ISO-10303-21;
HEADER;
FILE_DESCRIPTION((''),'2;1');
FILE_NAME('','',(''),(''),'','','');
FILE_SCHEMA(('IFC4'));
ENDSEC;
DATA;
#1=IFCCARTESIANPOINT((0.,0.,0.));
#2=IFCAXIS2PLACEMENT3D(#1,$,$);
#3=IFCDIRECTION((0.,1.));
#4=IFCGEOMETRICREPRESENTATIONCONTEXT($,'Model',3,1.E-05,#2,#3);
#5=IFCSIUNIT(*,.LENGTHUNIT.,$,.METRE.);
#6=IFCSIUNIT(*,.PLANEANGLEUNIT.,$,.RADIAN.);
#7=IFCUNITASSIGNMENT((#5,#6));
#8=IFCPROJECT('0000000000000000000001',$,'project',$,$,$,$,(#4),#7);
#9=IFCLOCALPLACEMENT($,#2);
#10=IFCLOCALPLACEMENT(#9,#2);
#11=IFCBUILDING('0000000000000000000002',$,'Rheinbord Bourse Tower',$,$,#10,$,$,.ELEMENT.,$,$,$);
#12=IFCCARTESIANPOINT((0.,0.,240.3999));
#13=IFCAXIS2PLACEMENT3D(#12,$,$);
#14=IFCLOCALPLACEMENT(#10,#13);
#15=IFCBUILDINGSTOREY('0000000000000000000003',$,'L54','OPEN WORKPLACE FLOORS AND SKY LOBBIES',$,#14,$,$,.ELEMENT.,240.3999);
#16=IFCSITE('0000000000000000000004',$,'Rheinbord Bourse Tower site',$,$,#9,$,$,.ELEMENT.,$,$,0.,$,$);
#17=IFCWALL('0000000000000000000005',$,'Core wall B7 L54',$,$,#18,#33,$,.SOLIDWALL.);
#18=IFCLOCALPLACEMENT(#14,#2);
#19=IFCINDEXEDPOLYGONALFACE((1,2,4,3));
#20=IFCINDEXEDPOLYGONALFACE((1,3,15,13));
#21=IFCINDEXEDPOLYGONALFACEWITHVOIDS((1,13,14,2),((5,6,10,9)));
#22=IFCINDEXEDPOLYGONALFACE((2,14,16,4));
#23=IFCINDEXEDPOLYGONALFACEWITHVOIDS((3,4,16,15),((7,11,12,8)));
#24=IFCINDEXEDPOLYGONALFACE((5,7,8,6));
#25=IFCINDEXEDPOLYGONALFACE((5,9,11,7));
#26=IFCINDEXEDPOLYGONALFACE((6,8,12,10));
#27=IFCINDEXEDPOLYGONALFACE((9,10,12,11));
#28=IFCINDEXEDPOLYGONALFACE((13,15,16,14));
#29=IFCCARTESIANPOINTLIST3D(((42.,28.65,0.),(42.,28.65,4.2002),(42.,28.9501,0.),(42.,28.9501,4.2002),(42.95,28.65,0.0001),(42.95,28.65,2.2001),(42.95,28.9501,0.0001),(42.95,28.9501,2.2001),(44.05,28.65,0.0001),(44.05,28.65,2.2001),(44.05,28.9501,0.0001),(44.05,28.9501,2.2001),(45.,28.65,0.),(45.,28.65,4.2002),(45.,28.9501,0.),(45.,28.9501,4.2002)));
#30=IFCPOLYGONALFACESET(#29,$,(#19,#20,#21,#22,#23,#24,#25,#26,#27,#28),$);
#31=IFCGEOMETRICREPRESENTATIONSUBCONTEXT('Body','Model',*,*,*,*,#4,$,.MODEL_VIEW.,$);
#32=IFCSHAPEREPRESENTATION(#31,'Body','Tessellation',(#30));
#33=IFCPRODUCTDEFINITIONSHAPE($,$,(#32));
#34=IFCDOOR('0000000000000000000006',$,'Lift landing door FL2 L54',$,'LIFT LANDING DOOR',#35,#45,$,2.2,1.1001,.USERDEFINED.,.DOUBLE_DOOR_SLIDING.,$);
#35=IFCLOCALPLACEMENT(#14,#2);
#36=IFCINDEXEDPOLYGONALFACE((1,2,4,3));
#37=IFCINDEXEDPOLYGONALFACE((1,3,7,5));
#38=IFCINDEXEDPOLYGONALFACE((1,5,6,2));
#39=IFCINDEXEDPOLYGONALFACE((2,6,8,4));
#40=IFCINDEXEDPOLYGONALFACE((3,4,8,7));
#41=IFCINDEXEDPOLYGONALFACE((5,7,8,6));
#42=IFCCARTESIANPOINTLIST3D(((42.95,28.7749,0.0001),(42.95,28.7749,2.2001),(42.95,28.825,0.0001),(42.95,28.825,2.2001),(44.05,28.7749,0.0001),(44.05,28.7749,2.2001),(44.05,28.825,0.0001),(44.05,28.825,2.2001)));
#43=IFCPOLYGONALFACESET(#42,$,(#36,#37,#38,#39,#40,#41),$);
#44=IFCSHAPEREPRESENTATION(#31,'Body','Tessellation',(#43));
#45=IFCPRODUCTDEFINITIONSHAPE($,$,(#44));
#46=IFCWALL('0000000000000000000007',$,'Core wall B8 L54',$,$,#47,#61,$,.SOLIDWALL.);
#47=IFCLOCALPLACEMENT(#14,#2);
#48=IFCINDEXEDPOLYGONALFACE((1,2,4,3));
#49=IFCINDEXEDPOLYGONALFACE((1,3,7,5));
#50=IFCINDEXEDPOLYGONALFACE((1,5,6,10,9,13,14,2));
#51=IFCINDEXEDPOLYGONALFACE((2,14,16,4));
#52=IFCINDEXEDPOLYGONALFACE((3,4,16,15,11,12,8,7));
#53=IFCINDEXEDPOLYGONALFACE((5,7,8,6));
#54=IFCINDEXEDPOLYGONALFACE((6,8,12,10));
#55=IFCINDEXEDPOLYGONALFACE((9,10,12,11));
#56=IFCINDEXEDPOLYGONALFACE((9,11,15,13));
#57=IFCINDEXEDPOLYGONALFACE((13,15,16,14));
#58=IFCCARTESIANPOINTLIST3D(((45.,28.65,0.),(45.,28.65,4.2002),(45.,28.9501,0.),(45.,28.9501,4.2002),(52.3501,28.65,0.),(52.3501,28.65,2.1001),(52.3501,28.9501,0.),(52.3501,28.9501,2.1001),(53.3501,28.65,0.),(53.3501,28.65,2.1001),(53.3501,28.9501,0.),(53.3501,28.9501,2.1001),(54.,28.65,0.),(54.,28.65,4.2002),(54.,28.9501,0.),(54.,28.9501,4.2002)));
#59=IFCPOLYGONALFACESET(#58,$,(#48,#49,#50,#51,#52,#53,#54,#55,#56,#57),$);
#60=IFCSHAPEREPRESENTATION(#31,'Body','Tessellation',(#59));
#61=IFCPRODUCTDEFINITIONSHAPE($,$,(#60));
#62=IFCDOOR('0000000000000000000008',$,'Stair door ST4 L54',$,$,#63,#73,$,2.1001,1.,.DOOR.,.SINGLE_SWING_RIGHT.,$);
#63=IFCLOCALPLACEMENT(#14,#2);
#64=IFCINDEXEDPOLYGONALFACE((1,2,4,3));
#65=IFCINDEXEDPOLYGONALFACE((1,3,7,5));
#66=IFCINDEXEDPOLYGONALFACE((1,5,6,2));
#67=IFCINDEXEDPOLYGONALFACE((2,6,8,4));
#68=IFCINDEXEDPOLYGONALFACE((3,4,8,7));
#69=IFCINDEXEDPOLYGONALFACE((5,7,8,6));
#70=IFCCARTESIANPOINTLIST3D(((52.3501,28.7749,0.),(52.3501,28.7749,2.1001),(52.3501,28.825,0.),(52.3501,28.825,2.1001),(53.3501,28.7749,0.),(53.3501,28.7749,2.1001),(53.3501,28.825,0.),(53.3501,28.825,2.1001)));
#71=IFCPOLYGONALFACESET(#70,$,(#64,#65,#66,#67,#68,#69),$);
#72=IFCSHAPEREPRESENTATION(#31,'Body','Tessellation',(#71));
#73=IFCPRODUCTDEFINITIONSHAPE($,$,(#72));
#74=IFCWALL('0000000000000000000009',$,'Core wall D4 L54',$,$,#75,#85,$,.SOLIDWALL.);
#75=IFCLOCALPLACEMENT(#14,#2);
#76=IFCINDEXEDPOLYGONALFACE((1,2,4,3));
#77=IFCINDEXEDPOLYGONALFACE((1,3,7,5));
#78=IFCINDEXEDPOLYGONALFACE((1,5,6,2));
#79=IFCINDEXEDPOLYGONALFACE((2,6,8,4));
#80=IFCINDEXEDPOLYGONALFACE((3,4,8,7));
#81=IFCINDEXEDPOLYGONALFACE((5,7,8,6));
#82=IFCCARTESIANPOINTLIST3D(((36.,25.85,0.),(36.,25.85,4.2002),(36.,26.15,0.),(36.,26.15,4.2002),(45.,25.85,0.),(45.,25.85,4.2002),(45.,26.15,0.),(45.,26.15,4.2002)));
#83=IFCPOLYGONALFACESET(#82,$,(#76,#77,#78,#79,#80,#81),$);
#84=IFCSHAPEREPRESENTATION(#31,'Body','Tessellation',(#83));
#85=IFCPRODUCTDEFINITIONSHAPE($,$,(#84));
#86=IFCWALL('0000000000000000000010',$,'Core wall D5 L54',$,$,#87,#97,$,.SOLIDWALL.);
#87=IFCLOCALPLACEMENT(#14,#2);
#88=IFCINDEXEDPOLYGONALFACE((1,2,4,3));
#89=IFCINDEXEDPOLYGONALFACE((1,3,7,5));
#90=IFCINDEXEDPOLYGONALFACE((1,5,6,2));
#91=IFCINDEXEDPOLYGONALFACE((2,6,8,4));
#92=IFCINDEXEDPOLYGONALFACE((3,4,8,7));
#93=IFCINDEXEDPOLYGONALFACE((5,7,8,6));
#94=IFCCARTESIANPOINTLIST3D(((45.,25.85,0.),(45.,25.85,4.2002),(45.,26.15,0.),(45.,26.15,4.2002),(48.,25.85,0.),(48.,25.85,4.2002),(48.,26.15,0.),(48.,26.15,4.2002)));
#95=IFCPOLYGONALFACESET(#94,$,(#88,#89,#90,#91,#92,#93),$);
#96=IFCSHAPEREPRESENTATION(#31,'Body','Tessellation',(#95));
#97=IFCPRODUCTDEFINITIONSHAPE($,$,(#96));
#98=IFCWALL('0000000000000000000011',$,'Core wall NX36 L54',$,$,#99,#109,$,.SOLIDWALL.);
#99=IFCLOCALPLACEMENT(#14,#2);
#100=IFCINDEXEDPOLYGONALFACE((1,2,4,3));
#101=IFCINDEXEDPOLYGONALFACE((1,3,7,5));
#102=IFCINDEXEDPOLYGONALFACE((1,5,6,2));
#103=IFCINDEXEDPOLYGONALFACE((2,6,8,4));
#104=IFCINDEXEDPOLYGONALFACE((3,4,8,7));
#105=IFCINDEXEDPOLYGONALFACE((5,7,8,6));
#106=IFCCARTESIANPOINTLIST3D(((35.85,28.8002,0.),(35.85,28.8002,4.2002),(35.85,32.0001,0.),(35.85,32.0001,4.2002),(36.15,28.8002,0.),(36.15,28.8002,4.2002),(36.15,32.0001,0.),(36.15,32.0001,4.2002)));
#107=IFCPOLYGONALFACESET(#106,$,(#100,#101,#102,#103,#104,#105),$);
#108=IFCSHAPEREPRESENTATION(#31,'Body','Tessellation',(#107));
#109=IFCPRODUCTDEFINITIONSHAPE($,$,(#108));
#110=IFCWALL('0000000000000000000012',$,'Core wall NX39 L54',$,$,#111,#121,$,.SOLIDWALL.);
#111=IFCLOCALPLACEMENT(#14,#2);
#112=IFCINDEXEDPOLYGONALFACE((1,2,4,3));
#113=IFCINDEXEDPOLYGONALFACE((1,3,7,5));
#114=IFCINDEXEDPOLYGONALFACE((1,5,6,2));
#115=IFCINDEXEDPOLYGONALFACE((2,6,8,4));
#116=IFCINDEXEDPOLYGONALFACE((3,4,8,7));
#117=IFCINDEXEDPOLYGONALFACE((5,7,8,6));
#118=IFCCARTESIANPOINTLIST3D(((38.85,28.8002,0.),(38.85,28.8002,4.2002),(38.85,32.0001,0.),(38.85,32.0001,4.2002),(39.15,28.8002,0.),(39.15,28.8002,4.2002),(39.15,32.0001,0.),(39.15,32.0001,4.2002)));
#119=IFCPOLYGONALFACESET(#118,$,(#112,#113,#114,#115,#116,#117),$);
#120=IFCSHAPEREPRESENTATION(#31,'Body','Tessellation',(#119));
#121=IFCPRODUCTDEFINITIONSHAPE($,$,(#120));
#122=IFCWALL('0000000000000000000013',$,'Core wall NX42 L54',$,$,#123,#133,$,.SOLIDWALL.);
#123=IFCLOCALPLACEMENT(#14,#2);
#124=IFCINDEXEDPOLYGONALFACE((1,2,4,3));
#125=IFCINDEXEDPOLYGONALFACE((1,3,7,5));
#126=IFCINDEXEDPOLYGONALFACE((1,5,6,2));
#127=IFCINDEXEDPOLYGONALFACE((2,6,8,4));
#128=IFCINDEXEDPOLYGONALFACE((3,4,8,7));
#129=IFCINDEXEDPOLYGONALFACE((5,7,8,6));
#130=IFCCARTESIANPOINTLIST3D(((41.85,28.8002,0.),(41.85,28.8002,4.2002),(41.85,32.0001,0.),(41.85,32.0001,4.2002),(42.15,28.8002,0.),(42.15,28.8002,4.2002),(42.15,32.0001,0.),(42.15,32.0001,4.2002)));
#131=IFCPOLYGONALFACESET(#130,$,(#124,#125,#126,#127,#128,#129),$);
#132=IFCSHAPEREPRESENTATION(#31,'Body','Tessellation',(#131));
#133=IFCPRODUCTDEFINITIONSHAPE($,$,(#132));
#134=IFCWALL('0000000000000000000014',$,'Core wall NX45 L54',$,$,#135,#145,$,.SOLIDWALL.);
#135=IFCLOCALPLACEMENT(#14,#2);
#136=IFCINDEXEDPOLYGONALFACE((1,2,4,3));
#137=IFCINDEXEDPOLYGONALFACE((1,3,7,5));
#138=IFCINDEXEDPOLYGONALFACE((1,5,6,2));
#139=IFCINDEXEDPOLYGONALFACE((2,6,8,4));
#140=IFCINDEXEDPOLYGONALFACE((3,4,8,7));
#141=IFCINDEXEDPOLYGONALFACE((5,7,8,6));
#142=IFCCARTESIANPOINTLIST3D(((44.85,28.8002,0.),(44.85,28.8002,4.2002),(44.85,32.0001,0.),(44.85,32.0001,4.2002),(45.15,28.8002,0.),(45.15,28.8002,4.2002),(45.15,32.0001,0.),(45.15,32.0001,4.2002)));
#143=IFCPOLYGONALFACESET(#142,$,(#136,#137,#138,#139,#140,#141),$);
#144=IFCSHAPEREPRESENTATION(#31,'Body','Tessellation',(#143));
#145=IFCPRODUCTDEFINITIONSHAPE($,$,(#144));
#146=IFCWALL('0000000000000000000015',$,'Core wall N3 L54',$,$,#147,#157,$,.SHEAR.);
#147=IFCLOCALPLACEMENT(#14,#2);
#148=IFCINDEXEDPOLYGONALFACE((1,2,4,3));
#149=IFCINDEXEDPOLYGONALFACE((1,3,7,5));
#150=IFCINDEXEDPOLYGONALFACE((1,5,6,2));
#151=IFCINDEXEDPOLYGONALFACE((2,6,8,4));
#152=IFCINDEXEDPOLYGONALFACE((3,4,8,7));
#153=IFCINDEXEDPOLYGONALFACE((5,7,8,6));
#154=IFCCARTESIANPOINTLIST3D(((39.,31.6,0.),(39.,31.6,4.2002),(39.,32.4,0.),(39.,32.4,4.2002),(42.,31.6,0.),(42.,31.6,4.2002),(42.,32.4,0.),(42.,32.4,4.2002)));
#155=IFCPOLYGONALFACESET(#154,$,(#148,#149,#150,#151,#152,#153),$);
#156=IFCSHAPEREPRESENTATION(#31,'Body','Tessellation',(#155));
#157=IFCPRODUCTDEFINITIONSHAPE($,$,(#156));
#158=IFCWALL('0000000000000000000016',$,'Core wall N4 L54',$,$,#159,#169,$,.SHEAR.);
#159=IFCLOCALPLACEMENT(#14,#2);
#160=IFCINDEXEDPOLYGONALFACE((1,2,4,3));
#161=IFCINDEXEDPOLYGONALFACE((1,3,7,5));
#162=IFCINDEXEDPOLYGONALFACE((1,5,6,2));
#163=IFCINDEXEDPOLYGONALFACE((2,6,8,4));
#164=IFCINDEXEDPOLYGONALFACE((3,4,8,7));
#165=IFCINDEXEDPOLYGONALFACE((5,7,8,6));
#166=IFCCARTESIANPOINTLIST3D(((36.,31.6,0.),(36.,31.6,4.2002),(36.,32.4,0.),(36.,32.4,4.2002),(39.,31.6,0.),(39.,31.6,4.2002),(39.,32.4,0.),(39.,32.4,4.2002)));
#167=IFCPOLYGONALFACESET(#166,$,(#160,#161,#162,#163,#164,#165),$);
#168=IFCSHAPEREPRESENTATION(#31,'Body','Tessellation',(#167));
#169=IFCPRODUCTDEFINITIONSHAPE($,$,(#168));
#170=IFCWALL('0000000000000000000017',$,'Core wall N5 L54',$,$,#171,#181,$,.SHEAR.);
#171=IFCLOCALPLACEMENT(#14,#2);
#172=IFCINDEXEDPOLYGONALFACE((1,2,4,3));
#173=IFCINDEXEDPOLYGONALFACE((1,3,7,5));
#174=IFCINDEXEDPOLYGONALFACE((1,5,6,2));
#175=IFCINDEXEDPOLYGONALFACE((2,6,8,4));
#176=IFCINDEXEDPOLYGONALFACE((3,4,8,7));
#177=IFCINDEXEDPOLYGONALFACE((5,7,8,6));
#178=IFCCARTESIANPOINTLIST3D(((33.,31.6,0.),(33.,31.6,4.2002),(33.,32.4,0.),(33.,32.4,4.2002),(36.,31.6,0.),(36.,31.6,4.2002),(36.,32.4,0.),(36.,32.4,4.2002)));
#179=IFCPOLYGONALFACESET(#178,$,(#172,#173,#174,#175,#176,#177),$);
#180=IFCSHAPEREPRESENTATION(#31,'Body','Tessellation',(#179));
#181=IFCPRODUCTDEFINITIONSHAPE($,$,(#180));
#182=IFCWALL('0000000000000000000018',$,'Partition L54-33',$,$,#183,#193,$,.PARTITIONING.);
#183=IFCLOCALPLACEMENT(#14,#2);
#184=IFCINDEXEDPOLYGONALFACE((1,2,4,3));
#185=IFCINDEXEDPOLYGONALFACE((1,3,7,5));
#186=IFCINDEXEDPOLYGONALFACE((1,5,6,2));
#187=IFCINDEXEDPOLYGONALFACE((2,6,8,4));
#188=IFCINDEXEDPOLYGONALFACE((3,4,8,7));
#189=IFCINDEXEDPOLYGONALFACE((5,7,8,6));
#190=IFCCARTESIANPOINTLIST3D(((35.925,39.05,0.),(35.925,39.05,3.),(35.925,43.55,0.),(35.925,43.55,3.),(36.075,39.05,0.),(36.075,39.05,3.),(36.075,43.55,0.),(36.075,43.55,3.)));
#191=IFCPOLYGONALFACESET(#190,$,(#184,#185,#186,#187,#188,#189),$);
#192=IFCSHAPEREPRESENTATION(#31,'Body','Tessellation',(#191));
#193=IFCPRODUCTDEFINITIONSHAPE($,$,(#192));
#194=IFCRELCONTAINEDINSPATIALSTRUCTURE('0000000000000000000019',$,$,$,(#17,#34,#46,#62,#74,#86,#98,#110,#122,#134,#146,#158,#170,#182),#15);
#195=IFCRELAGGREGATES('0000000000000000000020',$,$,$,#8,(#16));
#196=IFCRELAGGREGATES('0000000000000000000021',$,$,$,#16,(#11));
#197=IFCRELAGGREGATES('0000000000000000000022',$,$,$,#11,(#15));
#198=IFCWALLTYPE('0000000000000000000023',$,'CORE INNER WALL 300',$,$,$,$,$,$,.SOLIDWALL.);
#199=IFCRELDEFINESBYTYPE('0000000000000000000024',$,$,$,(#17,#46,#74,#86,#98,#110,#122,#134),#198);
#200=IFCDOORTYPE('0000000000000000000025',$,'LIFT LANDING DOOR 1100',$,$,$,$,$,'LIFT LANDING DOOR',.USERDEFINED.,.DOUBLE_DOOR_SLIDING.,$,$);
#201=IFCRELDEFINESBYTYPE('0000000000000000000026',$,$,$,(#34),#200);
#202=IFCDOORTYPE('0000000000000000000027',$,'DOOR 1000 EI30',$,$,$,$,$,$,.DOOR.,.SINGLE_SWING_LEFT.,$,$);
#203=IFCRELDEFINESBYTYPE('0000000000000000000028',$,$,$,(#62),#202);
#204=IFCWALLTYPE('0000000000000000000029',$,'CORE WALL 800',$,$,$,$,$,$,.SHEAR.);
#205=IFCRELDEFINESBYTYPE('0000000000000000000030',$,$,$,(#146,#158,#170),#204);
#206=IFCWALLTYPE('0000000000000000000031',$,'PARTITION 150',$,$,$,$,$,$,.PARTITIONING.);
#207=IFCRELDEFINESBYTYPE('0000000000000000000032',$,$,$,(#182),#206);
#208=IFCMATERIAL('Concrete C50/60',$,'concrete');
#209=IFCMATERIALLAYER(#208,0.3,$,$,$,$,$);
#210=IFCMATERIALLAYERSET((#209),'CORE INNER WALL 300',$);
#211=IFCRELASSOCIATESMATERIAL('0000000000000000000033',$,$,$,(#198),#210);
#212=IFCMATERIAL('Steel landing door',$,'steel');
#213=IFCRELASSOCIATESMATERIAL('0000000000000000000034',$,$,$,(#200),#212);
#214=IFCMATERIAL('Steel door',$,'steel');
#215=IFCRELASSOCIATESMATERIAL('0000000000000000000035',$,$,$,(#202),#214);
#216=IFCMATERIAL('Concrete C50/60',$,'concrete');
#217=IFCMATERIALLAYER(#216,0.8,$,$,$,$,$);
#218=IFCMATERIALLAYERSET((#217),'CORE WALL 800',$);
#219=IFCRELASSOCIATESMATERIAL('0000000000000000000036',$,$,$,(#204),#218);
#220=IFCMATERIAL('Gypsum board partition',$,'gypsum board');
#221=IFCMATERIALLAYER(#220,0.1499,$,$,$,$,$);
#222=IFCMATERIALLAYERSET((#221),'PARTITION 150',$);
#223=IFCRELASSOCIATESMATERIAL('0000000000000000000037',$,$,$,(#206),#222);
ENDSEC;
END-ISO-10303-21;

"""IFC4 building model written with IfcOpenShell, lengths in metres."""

from ifc_helpers import new_model, si_unit, direction, frame, frame_2d, origin, place, context, subcontext, project, spatial, rectangle, extrude, material, layer, layer_set, type_object, element, fill, save


model = new_model("IFC4")

# Units and contexts
model_context = context("Model", 3, precision=1e-05, world=origin(), true_north=direction((0.0, 1.0)))
body_context = subcontext(model_context, "Body", "Model", "MODEL_VIEW")
ifc_project = project(units=[si_unit("LENGTHUNIT", "METRE"), si_unit("PLANEANGLEUNIT", "RADIAN")], contexts=[model_context])

# Site, building, storey
site_placement = place(None, origin())
site = spatial("IfcSite", under=ifc_project, at=site_placement, Name="Rheinbord Bourse Tower site", CompositionType="ELEMENT", RefElevation=0.0)
building_placement = place(site_placement, origin())
building = spatial("IfcBuilding", under=site, at=building_placement, Name="Rheinbord Bourse Tower", CompositionType="ELEMENT")
storey_placement = place(building_placement, frame((0.0, 0.0, 240.3999)))
storey = spatial("IfcBuildingStorey", under=building, at=storey_placement, Name="L54", Description="OPEN WORKPLACE FLOORS AND SKY LOBBIES", CompositionType="ELEMENT", Elevation=240.3999)

# Shared definitions
ifc_material_1 = material(Name="Concrete C50/60", Category="concrete")
ifc_layer_1 = layer(ifc_material_1, 0.3)
ifc_layer_set_1 = layer_set([ifc_layer_1], Name="CORE INNER WALL 300")
wall_type_1 = type_object("IfcWallType", Name="CORE INNER WALL 300", PredefinedType="SOLIDWALL", material=ifc_layer_set_1)

# Walls, openings, doors
wall_1_placement = place(storey_placement, frame((42.0, 28.8, 0.0), z_axis=(0.0, 0.0, 1.0), x_axis=(1.0, 0.0, 0.0)))
wall_1 = element("IfcWall", 1, at=wall_1_placement, inside=storey, type_object=wall_type_1, Name="Core wall B7 L54", PredefinedType="SOLIDWALL", context=body_context, shape_type="SweptSolid", body=[
    extrude(rectangle(XDim=3.0, YDim=0.3, at=frame_2d((1.5, 0.0))), origin(), (0.0, 0.0, 1.0), 4.2002),
])
opening_1_placement = place(wall_1_placement, frame((0.95, 0.0, 0.0)))
opening_1 = element("IfcOpeningElement", 2, at=opening_1_placement, cuts=wall_1, PredefinedType="OPENING", context=body_context, shape_type="SweptSolid", body=[
    extrude(rectangle(XDim=1.1001, YDim=2.2, at=frame_2d((0.55, 1.1001))), frame((0.0, 0.1599, 0.0), z_axis=(0.0, -1.0, 0.0), x_axis=(1.0, 0.0, 0.0)), (0.0, 0.0, 1.0), 0.3201),
])
ifc_material_2 = material(Name="Steel landing door", Category="steel")
door_type_1 = type_object("IfcDoorType", Name="LIFT LANDING DOOR 1100", ElementType="LIFT LANDING DOOR", OperationType="DOUBLE_DOOR_SLIDING", PredefinedType="USERDEFINED", material=ifc_material_2)
door_1_placement = place(opening_1_placement, origin())
door_1 = element("IfcDoor", 3, at=door_1_placement, inside=storey, type_object=door_type_1, Name="Lift landing door FL2 L54", ObjectType="LIFT LANDING DOOR", OperationType="DOUBLE_DOOR_SLIDING", OverallHeight=2.2, OverallWidth=1.1001, PredefinedType="USERDEFINED", context=body_context, shape_type="SweptSolid", body=[
    extrude(rectangle(XDim=1.1001, YDim=2.2, at=frame_2d((0.55, 1.1001))), frame((0.0, 0.0249, 0.0), z_axis=(0.0, -1.0, 0.0), x_axis=(1.0, 0.0, 0.0)), (0.0, 0.0, 1.0), 0.05),
])
fill(opening_1, door_1)
wall_2_placement = place(storey_placement, frame((45.0, 28.8, 0.0), z_axis=(0.0, 0.0, 1.0), x_axis=(1.0, 0.0, 0.0)))
wall_2 = element("IfcWall", 4, at=wall_2_placement, inside=storey, type_object=wall_type_1, Name="Core wall B8 L54", PredefinedType="SOLIDWALL", context=body_context, shape_type="SweptSolid", body=[
    extrude(rectangle(XDim=9.0, YDim=0.3, at=frame_2d((4.5, 0.0))), origin(), (0.0, 0.0, 1.0), 4.2002),
])
opening_2_placement = place(wall_2_placement, frame((7.3501, 0.0, 0.0)))
opening_2 = element("IfcOpeningElement", 5, at=opening_2_placement, cuts=wall_2, PredefinedType="OPENING", context=body_context, shape_type="SweptSolid", body=[
    extrude(rectangle(XDim=1.0, YDim=2.1001, at=frame_2d((0.5, 1.05))), frame((0.0, 0.1599, 0.0), z_axis=(0.0, -1.0, 0.0), x_axis=(1.0, 0.0, 0.0)), (0.0, 0.0, 1.0), 0.3201),
])
ifc_material_3 = material(Name="Steel door", Category="steel")
door_type_2 = type_object("IfcDoorType", Name="DOOR 1000 EI30", OperationType="SINGLE_SWING_LEFT", PredefinedType="DOOR", material=ifc_material_3)
door_2_placement = place(opening_2_placement, origin())
door_2 = element("IfcDoor", 6, at=door_2_placement, inside=storey, type_object=door_type_2, Name="Stair door ST4 L54", OperationType="SINGLE_SWING_RIGHT", OverallHeight=2.1001, OverallWidth=1.0, PredefinedType="DOOR", context=body_context, shape_type="SweptSolid", body=[
    extrude(rectangle(XDim=1.0, YDim=2.1001, at=frame_2d((0.5, 1.05))), frame((0.0, 0.0249, 0.0), z_axis=(0.0, -1.0, 0.0), x_axis=(1.0, 0.0, 0.0)), (0.0, 0.0, 1.0), 0.05),
])
fill(opening_2, door_2)

# Walls
wall_3_placement = place(storey_placement, frame((36.0, 26.0, 0.0), z_axis=(0.0, 0.0, 1.0), x_axis=(1.0, 0.0, 0.0)))
element("IfcWall", 7, at=wall_3_placement, inside=storey, type_object=wall_type_1, Name="Core wall D4 L54", PredefinedType="SOLIDWALL", context=body_context, shape_type="SweptSolid", body=[
    extrude(rectangle(XDim=9.0, YDim=0.3, at=frame_2d((4.5, 0.0))), origin(), (0.0, 0.0, 1.0), 4.2002),
])
wall_4_placement = place(storey_placement, frame((45.0, 26.0, 0.0), z_axis=(0.0, 0.0, 1.0), x_axis=(1.0, 0.0, 0.0)))
element("IfcWall", 8, at=wall_4_placement, inside=storey, type_object=wall_type_1, Name="Core wall D5 L54", PredefinedType="SOLIDWALL", context=body_context, shape_type="SweptSolid", body=[
    extrude(rectangle(XDim=3.0, YDim=0.3, at=frame_2d((1.5, 0.0))), origin(), (0.0, 0.0, 1.0), 4.2002),
])
for number, where, z_axis, x_axis, name in (
    (9, (36.0, 28.8, 0.0), (0.0, 0.0, 1.0), (0.0, 1.0, 0.0), "Core wall NX36 L54"),
    (10, (39.0, 28.8, 0.0), (0.0, 0.0, 1.0), (0.0, 1.0, 0.0), "Core wall NX39 L54"),
    (11, (42.0, 28.8, 0.0), (0.0, 0.0, 1.0), (0.0, 1.0, 0.0), "Core wall NX42 L54"),
    (12, (45.0, 28.8, 0.0), (0.0, 0.0, 1.0), (0.0, 1.0, 0.0), "Core wall NX45 L54"),
):
    element("IfcWall", number, at=place(storey_placement, frame(where, z_axis=z_axis, x_axis=x_axis)), inside=storey, type_object=wall_type_1, Name=name, PredefinedType="SOLIDWALL", context=body_context, shape_type="SweptSolid", body=[
        extrude(rectangle(XDim=3.2, YDim=0.3, at=frame_2d((1.6001, 0.0))), origin(), (0.0, 0.0, 1.0), 4.2002),
    ])
ifc_material_4 = material(Name="Concrete C50/60", Category="concrete")
ifc_layer_2 = layer(ifc_material_4, 0.8)
ifc_layer_set_2 = layer_set([ifc_layer_2], Name="CORE WALL 800")
wall_type_2 = type_object("IfcWallType", Name="CORE WALL 800", PredefinedType="SHEAR", material=ifc_layer_set_2)
for number, where, z_axis, x_axis, name in (
    (13, (42.0, 32.0, 0.0), (0.0, 0.0, 1.0), (-1.0, 0.0, 0.0), "Core wall N3 L54"),
    (14, (39.0, 32.0, 0.0), (0.0, 0.0, 1.0), (-1.0, 0.0, 0.0), "Core wall N4 L54"),
    (15, (36.0, 32.0, 0.0), (0.0, 0.0, 1.0), (-1.0, 0.0, 0.0), "Core wall N5 L54"),
):
    element("IfcWall", number, at=place(storey_placement, frame(where, z_axis=z_axis, x_axis=x_axis)), inside=storey, type_object=wall_type_2, Name=name, PredefinedType="SHEAR", context=body_context, shape_type="SweptSolid", body=[
        extrude(rectangle(XDim=3.0, YDim=0.8, at=frame_2d((1.5, 0.0))), origin(), (0.0, 0.0, 1.0), 4.2002),
    ])
ifc_material_5 = material(Name="Gypsum board partition", Category="gypsum board")
ifc_layer_3 = layer(ifc_material_5, 0.1499)
ifc_layer_set_3 = layer_set([ifc_layer_3], Name="PARTITION 150")
wall_type_3 = type_object("IfcWallType", Name="PARTITION 150", PredefinedType="PARTITIONING", material=ifc_layer_set_3)
for number, where, z_axis, x_axis, name in (
    (16, (36.0, 39.05, 0.0), (0.0, 0.0, 1.0), (0.0, 1.0, 0.0), "Partition L54-33"),
):
    element("IfcWall", number, at=place(storey_placement, frame(where, z_axis=z_axis, x_axis=x_axis)), inside=storey, type_object=wall_type_3, Name=name, PredefinedType="PARTITIONING", context=body_context, shape_type="SweptSolid", body=[
        extrude(rectangle(XDim=4.5, YDim=0.1499, at=frame_2d((2.25, 0.0))), origin(), (0.0, 0.0, 1.0), 3.0),
    ])

save(model, "model.ifc")
